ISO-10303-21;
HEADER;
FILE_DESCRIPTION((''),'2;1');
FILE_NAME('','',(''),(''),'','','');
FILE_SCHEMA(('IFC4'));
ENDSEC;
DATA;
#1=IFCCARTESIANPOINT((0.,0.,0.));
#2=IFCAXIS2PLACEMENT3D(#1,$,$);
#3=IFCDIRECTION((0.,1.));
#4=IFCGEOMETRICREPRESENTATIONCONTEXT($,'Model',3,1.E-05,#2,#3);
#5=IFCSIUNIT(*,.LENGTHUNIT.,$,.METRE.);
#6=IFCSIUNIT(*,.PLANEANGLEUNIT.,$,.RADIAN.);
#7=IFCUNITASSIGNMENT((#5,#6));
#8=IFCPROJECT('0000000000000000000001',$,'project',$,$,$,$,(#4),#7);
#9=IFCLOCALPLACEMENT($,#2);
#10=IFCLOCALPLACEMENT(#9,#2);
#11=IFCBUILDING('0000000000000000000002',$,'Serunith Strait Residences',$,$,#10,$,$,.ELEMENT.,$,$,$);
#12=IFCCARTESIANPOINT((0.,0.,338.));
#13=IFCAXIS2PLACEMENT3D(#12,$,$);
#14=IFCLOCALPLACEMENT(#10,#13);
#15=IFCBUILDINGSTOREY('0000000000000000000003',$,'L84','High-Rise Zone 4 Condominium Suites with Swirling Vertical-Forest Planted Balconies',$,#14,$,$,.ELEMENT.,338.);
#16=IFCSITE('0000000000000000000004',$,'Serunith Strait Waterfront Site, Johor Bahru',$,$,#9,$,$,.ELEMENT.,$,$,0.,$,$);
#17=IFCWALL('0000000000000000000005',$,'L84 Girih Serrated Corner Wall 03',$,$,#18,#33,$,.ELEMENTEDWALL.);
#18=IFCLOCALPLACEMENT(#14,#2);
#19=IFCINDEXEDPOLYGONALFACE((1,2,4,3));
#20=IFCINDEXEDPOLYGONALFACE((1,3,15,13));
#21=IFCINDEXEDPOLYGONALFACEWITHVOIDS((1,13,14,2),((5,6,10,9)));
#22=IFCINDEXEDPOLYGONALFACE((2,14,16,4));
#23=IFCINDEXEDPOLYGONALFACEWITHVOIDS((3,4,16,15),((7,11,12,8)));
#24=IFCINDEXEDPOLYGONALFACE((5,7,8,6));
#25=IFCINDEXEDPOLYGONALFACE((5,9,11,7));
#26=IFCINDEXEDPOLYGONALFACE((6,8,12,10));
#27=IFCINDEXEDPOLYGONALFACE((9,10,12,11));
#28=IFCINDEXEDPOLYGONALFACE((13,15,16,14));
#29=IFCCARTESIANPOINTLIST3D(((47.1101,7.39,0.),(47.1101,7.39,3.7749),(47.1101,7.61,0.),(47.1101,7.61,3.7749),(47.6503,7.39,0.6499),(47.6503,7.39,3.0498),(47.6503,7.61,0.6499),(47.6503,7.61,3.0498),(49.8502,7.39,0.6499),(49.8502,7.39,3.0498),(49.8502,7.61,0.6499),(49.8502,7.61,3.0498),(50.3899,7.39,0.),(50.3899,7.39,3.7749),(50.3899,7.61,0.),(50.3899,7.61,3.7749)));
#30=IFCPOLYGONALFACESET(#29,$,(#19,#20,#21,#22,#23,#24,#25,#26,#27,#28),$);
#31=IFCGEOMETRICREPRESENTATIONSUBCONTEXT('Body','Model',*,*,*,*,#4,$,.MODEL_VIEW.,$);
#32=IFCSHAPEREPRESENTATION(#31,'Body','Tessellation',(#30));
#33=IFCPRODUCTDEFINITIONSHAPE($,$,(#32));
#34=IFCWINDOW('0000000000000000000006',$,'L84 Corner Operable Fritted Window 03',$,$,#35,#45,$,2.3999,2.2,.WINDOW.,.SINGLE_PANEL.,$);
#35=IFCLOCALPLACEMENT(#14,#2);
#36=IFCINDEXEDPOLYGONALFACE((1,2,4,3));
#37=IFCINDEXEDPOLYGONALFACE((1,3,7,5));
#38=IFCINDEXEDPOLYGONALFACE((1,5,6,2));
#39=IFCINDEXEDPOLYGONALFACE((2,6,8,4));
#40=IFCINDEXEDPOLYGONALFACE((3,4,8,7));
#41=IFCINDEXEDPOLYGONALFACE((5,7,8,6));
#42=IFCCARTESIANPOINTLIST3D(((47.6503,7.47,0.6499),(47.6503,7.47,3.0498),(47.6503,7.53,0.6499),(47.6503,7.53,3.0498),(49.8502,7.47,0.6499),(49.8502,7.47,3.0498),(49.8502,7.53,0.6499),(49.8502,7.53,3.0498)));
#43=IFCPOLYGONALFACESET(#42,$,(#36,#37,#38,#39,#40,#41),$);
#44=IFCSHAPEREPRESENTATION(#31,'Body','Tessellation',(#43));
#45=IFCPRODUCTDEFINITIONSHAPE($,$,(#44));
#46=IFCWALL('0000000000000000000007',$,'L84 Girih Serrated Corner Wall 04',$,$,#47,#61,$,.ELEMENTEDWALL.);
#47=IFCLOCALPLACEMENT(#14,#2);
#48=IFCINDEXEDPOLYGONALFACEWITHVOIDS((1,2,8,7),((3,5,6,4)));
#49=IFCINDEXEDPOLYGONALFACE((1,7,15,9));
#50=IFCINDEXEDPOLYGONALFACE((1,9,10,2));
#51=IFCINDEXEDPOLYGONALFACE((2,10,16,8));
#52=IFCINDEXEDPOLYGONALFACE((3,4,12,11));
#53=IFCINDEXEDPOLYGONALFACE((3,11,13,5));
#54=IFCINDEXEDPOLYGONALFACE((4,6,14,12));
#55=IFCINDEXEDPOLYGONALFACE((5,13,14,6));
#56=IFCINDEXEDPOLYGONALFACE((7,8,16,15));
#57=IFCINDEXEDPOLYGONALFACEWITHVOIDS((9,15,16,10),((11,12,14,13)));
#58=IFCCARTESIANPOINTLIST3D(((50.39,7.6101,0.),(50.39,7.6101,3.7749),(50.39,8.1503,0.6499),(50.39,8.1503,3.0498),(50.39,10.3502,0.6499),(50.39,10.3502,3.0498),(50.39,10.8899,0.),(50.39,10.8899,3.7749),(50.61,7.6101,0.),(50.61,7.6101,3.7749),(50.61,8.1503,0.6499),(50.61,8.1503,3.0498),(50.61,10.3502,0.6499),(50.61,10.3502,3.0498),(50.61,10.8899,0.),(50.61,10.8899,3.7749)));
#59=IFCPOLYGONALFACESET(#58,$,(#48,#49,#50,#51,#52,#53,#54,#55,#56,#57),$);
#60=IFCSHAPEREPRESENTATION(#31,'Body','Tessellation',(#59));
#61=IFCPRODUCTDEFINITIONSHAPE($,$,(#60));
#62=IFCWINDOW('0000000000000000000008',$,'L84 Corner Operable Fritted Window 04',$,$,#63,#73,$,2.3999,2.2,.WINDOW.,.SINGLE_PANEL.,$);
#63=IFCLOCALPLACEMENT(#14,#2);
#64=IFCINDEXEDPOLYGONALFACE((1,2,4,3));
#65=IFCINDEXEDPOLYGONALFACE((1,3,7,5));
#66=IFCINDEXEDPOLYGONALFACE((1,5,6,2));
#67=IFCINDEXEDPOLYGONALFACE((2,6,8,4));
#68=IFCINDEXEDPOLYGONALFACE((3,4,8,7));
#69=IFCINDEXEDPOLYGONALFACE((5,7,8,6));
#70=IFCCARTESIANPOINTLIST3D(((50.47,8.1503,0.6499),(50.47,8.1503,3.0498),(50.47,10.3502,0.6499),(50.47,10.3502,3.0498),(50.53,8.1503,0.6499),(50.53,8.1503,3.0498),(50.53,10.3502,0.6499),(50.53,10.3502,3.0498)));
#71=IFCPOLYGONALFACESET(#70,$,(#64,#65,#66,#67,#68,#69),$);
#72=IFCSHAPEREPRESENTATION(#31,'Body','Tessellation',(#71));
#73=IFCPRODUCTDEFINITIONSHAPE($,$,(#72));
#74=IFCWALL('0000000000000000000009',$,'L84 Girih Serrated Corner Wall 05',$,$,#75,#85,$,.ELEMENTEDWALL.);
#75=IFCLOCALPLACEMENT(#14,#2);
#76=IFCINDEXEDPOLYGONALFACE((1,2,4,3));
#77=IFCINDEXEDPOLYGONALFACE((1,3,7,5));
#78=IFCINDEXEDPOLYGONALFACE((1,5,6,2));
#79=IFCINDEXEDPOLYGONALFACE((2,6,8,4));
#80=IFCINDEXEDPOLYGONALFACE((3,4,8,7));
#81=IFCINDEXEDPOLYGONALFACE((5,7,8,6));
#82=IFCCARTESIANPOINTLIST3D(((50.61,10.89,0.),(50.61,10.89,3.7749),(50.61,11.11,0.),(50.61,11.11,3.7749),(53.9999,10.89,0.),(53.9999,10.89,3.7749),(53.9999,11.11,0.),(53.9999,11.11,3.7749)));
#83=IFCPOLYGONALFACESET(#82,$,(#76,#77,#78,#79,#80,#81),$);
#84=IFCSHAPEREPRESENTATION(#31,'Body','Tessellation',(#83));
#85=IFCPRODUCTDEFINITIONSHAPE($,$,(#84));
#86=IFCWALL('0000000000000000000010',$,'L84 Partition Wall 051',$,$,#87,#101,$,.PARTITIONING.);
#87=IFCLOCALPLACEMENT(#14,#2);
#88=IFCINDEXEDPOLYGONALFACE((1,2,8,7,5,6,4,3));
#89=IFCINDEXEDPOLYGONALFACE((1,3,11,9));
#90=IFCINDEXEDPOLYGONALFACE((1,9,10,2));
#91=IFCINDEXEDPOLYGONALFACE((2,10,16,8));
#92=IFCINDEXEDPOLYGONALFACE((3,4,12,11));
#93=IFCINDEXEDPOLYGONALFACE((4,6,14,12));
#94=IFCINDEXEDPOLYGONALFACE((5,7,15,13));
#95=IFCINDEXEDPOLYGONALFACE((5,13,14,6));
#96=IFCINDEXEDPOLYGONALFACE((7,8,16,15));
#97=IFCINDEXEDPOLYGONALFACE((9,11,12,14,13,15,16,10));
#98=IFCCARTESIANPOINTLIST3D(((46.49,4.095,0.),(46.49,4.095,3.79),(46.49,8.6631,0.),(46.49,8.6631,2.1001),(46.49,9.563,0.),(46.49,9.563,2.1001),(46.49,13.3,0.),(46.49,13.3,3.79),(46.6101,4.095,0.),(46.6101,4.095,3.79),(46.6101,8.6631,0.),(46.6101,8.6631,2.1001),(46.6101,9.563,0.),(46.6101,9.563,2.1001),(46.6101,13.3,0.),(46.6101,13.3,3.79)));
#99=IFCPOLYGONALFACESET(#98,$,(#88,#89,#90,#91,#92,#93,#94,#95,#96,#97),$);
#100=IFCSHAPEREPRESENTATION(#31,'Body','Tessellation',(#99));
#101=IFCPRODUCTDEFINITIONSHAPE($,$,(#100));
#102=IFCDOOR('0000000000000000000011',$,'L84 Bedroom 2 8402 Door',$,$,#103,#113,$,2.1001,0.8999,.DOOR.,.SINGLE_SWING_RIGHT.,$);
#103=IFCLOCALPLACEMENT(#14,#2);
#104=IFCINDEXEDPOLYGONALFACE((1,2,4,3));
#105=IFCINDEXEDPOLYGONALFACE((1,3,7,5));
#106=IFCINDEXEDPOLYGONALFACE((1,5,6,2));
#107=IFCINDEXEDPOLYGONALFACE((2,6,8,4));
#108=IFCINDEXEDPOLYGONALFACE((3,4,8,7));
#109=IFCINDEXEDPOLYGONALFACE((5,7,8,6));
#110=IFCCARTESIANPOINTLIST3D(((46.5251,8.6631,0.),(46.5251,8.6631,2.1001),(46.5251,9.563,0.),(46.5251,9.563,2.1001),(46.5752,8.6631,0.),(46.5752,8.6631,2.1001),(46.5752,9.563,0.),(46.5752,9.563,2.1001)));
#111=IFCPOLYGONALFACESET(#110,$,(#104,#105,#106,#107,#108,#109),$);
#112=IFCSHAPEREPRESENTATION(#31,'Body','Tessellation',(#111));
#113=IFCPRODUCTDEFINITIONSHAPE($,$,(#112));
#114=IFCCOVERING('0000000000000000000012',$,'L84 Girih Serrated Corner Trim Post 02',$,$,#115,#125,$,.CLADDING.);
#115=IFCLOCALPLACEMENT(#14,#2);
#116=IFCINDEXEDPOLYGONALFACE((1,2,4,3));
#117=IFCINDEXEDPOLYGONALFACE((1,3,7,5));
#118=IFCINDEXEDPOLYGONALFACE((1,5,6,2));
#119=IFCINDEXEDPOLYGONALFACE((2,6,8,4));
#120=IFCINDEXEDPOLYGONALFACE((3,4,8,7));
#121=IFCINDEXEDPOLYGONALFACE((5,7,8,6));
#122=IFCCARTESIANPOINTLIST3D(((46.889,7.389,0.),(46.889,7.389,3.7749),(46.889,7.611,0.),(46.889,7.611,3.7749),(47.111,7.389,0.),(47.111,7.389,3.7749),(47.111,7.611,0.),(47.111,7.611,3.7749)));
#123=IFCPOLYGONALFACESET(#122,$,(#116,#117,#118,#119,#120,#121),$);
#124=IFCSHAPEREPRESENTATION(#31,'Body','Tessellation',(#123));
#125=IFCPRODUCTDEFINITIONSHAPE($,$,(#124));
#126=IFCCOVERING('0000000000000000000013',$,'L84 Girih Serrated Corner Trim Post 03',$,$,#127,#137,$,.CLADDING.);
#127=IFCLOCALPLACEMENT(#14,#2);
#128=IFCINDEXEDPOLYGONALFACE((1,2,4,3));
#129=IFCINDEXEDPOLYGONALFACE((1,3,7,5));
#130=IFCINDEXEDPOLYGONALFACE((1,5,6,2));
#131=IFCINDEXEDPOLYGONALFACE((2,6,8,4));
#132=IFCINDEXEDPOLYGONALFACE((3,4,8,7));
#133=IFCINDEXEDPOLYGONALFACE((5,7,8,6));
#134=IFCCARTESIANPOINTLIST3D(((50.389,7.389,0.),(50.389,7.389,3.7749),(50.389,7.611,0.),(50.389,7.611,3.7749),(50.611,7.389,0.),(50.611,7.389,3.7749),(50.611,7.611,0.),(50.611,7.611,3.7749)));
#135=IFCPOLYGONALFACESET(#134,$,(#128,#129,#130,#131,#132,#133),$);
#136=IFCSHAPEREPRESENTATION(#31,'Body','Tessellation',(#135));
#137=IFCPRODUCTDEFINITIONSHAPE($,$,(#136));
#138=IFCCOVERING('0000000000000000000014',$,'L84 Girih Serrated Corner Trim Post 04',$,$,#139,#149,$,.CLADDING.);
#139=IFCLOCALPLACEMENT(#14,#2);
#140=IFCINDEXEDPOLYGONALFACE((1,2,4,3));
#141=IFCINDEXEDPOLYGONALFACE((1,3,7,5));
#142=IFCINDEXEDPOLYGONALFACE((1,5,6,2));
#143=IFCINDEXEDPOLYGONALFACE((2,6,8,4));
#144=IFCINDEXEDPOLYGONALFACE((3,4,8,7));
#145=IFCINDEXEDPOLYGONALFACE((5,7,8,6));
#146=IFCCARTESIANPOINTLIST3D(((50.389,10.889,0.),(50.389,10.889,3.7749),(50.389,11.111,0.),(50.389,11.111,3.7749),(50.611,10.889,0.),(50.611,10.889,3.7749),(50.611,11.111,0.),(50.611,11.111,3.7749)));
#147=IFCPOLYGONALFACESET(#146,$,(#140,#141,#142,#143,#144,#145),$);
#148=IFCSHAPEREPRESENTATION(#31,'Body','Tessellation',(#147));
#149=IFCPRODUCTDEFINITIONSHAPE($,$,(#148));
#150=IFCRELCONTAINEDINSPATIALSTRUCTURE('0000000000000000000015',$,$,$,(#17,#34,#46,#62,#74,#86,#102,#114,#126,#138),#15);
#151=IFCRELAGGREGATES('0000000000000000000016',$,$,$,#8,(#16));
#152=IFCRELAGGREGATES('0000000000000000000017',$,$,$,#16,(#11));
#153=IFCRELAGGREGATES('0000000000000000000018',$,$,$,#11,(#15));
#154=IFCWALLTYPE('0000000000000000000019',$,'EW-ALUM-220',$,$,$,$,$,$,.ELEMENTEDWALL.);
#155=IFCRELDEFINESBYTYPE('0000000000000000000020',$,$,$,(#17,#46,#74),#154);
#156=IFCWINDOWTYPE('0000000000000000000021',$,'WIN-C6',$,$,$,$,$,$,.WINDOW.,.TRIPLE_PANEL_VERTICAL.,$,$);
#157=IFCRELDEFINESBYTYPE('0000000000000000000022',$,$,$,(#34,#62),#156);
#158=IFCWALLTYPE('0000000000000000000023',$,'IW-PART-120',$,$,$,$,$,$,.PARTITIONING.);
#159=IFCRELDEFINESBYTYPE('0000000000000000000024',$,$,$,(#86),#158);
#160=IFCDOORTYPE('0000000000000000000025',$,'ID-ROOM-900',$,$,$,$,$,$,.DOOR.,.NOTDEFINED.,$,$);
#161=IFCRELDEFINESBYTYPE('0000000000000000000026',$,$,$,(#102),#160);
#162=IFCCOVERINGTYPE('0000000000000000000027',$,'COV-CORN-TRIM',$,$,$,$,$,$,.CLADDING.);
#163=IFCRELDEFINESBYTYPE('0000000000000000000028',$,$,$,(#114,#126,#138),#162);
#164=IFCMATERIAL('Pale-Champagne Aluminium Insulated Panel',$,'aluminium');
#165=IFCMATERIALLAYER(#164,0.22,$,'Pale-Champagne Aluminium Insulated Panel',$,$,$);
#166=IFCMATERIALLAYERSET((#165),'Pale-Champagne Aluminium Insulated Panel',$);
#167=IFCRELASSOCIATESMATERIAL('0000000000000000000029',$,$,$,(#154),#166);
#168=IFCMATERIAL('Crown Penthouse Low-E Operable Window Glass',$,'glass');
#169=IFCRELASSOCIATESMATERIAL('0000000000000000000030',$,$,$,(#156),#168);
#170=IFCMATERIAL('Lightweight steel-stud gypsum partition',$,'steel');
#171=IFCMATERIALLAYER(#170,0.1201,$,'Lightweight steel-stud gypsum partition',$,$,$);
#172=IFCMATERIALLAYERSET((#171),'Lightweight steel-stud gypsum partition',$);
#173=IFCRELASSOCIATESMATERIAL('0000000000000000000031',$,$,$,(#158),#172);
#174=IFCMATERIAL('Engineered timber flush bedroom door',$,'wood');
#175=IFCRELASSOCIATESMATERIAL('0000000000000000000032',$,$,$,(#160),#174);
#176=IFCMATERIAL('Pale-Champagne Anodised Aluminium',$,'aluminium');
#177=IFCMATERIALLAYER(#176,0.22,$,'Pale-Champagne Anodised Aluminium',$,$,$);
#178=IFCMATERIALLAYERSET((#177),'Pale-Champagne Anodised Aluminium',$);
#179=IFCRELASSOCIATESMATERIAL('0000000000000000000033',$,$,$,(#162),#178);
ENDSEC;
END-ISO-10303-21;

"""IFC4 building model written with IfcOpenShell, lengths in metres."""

from ifc_helpers import new_model, si_unit, direction, frame, frame_2d, origin, origin_2d, place, context, subcontext, project, spatial, rectangle, extrude, source, transform, mapped, material, layer, layer_set, type_object, element, fill, save


model = new_model("IFC4")

# Units and contexts
model_context = context("Model", 3, precision=1e-05, world=origin(), true_north=direction((0.0, 1.0)))
body_context = subcontext(model_context, "Body", "Model", "MODEL_VIEW")
ifc_project = project(units=[si_unit("LENGTHUNIT", "METRE"), si_unit("PLANEANGLEUNIT", "RADIAN")], contexts=[model_context])

# Site, building, storey
site_placement = place(None, origin())
site = spatial("IfcSite", under=ifc_project, at=site_placement, Name="Serunith Strait Waterfront Site, Johor Bahru", CompositionType="ELEMENT", RefElevation=0.0)
building_placement = place(site_placement, origin())
building = spatial("IfcBuilding", under=site, at=building_placement, Name="Serunith Strait Residences", CompositionType="ELEMENT")
storey_placement = place(building_placement, frame((0.0, 0.0, 338.0)))
storey = spatial("IfcBuildingStorey", under=building, at=storey_placement, Name="L84", Description="High-Rise Zone 4 Condominium Suites with Swirling Vertical-Forest Planted Balconies", CompositionType="ELEMENT", Elevation=338.0)

# Walls, openings, windows
ifc_material_1 = material(Name="Pale-Champagne Aluminium Insulated Panel", Category="aluminium")
ifc_layer_1 = layer(ifc_material_1, 0.22, Name="Pale-Champagne Aluminium Insulated Panel")
ifc_layer_set_1 = layer_set([ifc_layer_1], Name="Pale-Champagne Aluminium Insulated Panel")
wall_type_1 = type_object("IfcWallType", Name="EW-ALUM-220", PredefinedType="ELEMENTEDWALL", material=ifc_layer_set_1)
ifc_material_2 = material(Name="Crown Penthouse Low-E Operable Window Glass", Category="glass")
window_type = type_object("IfcWindowType", Name="WIN-C6", PartitioningType="TRIPLE_PANEL_VERTICAL", PredefinedType="WINDOW", material=ifc_material_2)
shared_shape_1 = source(origin(), body_context, "Body", "SweptSolid", [
    extrude(rectangle(XDim=2.2, YDim=2.3999, at=frame_2d((1.1001, 1.2))), frame((0.0, 0.03, 0.0), z_axis=(0.0, -1.0, 0.0), x_axis=(1.0, 0.0, 0.0)), (0.0, 0.0, 1.0), 0.0601),
])
wall_1_placement = place(storey_placement, frame((47.1101, 7.5, 0.0), z_axis=(0.0, 0.0, 1.0), x_axis=(1.0, 0.0, 0.0)))
wall_1 = element("IfcWall", 1, at=wall_1_placement, inside=storey, type_object=wall_type_1, Name="L84 Girih Serrated Corner Wall 03", PredefinedType="ELEMENTEDWALL", context=body_context, shape_type="SweptSolid", body=[
    extrude(rectangle(XDim=3.2798, YDim=0.22, at=frame_2d((1.6399, 0.0))), origin(), (0.0, 0.0, 1.0), 3.7749),
])
opening_1_placement = place(wall_1_placement, frame((0.54, 0.0, 0.6499)))
opening_1 = element("IfcOpeningElement", 2, at=opening_1_placement, cuts=wall_1, PredefinedType="OPENING", context=body_context, shape_type="SweptSolid", body=[
    extrude(rectangle(XDim=2.2, YDim=2.3999, at=frame_2d((1.1001, 1.2))), frame((0.0, 0.1201, 0.0), z_axis=(0.0, -1.0, 0.0), x_axis=(1.0, 0.0, 0.0)), (0.0, 0.0, 1.0), 0.24),
])
window_1_placement = place(opening_1_placement, origin())
window_1 = element("IfcWindow", 3, at=window_1_placement, inside=storey, type_object=window_type, Name="L84 Corner Operable Fritted Window 03", OverallHeight=2.3999, OverallWidth=2.2, PartitioningType="SINGLE_PANEL", PredefinedType="WINDOW", context=body_context, shape_type="MappedRepresentation", body=[
    mapped(shared_shape_1, transform((0.0, 0.0, 0.0), scale=1.0)),
])
fill(opening_1, window_1)
wall_2_placement = place(storey_placement, frame((50.5, 7.6101, 0.0), z_axis=(0.0, 0.0, 1.0), x_axis=(0.0, 1.0, 0.0)))
wall_2 = element("IfcWall", 4, at=wall_2_placement, inside=storey, type_object=wall_type_1, Name="L84 Girih Serrated Corner Wall 04", PredefinedType="ELEMENTEDWALL", context=body_context, shape_type="SweptSolid", body=[
    extrude(rectangle(XDim=3.2798, YDim=0.22, at=frame_2d((1.6399, 0.0))), origin(), (0.0, 0.0, 1.0), 3.7749),
])
opening_2_placement = place(wall_2_placement, frame((0.54, 0.0, 0.6499)))
opening_2 = element("IfcOpeningElement", 5, at=opening_2_placement, cuts=wall_2, PredefinedType="OPENING", context=body_context, shape_type="SweptSolid", body=[
    extrude(rectangle(XDim=2.2, YDim=2.3999, at=frame_2d((1.1001, 1.2))), frame((0.0, 0.1201, 0.0), z_axis=(0.0, -1.0, 0.0), x_axis=(1.0, 0.0, 0.0)), (0.0, 0.0, 1.0), 0.24),
])
window_2_placement = place(opening_2_placement, origin())
window_2 = element("IfcWindow", 6, at=window_2_placement, inside=storey, type_object=window_type, Name="L84 Corner Operable Fritted Window 04", OverallHeight=2.3999, OverallWidth=2.2, PartitioningType="SINGLE_PANEL", PredefinedType="WINDOW", context=body_context, shape_type="MappedRepresentation", body=[
    mapped(shared_shape_1, transform((0.0, 0.0, 0.0), scale=1.0)),
])
fill(opening_2, window_2)

# Wall
wall_3_placement = place(storey_placement, frame((50.6101, 11.0, 0.0), z_axis=(0.0, 0.0, 1.0), x_axis=(1.0, 0.0, 0.0)))
element("IfcWall", 7, at=wall_3_placement, inside=storey, type_object=wall_type_1, Name="L84 Girih Serrated Corner Wall 05", PredefinedType="ELEMENTEDWALL", context=body_context, shape_type="SweptSolid", body=[
    extrude(rectangle(XDim=3.3899, YDim=0.22, at=frame_2d((1.6948, 0.0))), origin(), (0.0, 0.0, 1.0), 3.7749),
])

# Wall, opening, door
ifc_material_3 = material(Name="Lightweight steel-stud gypsum partition", Category="steel")
ifc_layer_2 = layer(ifc_material_3, 0.1201, Name="Lightweight steel-stud gypsum partition")
ifc_layer_set_2 = layer_set([ifc_layer_2], Name="Lightweight steel-stud gypsum partition")
wall_type_2 = type_object("IfcWallType", Name="IW-PART-120", PredefinedType="PARTITIONING", material=ifc_layer_set_2)
wall_4_placement = place(storey_placement, frame((46.55, 4.095, 0.0), z_axis=(0.0, 0.0, 1.0), x_axis=(0.0, 1.0, 0.0)))
wall_4 = element("IfcWall", 8, at=wall_4_placement, inside=storey, type_object=wall_type_2, Name="L84 Partition Wall 051", PredefinedType="PARTITIONING", context=body_context, shape_type="SweptSolid", body=[
    extrude(rectangle(XDim=9.2051, YDim=0.1201, at=frame_2d((4.6025, 0.0))), origin(), (0.0, 0.0, 1.0), 3.79),
])
opening_3_placement = place(wall_4_placement, frame((4.5681, 0.0, 0.0)))
opening_3 = element("IfcOpeningElement", 9, at=opening_3_placement, cuts=wall_4, PredefinedType="OPENING", context=body_context, shape_type="SweptSolid", body=[
    extrude(rectangle(XDim=0.8999, YDim=2.1001, at=frame_2d((0.45, 1.05))), frame((0.0, 0.0701, 0.0), z_axis=(0.0, -1.0, 0.0), x_axis=(1.0, 0.0, 0.0)), (0.0, 0.0, 1.0), 0.1401),
])
ifc_material_4 = material(Name="Engineered timber flush bedroom door", Category="wood")
door_type = type_object("IfcDoorType", Name="ID-ROOM-900", OperationType="NOTDEFINED", PredefinedType="DOOR", material=ifc_material_4)
shared_shape_2 = source(origin(), body_context, "Body", "SweptSolid", [
    extrude(rectangle(XDim=0.8999, YDim=2.1001, at=frame_2d((0.45, 1.05))), frame((0.0, 0.0249, 0.0), z_axis=(0.0, -1.0, 0.0), x_axis=(1.0, 0.0, 0.0)), (0.0, 0.0, 1.0), 0.05),
])
door_placement = place(opening_3_placement, origin())
door = element("IfcDoor", 10, at=door_placement, inside=storey, type_object=door_type, Name="L84 Bedroom 2 8402 Door", OperationType="SINGLE_SWING_RIGHT", OverallHeight=2.1001, OverallWidth=0.8999, PredefinedType="DOOR", context=body_context, shape_type="MappedRepresentation", body=[
    mapped(shared_shape_2, transform((0.0, 0.0, 0.0), scale=1.0)),
])
fill(opening_3, door)

# Coverings
ifc_material_5 = material(Name="Pale-Champagne Anodised Aluminium", Category="aluminium")
ifc_layer_3 = layer(ifc_material_5, 0.22, Name="Pale-Champagne Anodised Aluminium")
ifc_layer_set_3 = layer_set([ifc_layer_3], Name="Pale-Champagne Anodised Aluminium")
covering_type = type_object("IfcCoveringType", Name="COV-CORN-TRIM", PredefinedType="CLADDING", material=ifc_layer_set_3)
shared_shape_3 = source(origin(), body_context, "Body", "SweptSolid", [
    extrude(rectangle(XDim=0.2219, YDim=0.2219, at=origin_2d()), origin(), (0.0, 0.0, 1.0), 3.7749),
])
for number, where, z_axis, x_axis, name in (
    (11, (47.0, 7.5, 0.0), (0.0, 0.0, 1.0), (1.0, 0.0, 0.0), "L84 Girih Serrated Corner Trim Post 02"),
    (12, (50.5, 7.5, 0.0), (0.0, 0.0, 1.0), (1.0, 0.0, 0.0), "L84 Girih Serrated Corner Trim Post 03"),
    (13, (50.5, 11.0, 0.0), (0.0, 0.0, 1.0), (1.0, 0.0, 0.0), "L84 Girih Serrated Corner Trim Post 04"),
):
    element("IfcCovering", number, at=place(storey_placement, frame(where, z_axis=z_axis, x_axis=x_axis)), inside=storey, type_object=covering_type, Name=name, PredefinedType="CLADDING", context=body_context, shape_type="MappedRepresentation", body=[
        mapped(shared_shape_3, transform((0.0, 0.0, 0.0), scale=1.0)),
    ])

save(model, "model.ifc")
